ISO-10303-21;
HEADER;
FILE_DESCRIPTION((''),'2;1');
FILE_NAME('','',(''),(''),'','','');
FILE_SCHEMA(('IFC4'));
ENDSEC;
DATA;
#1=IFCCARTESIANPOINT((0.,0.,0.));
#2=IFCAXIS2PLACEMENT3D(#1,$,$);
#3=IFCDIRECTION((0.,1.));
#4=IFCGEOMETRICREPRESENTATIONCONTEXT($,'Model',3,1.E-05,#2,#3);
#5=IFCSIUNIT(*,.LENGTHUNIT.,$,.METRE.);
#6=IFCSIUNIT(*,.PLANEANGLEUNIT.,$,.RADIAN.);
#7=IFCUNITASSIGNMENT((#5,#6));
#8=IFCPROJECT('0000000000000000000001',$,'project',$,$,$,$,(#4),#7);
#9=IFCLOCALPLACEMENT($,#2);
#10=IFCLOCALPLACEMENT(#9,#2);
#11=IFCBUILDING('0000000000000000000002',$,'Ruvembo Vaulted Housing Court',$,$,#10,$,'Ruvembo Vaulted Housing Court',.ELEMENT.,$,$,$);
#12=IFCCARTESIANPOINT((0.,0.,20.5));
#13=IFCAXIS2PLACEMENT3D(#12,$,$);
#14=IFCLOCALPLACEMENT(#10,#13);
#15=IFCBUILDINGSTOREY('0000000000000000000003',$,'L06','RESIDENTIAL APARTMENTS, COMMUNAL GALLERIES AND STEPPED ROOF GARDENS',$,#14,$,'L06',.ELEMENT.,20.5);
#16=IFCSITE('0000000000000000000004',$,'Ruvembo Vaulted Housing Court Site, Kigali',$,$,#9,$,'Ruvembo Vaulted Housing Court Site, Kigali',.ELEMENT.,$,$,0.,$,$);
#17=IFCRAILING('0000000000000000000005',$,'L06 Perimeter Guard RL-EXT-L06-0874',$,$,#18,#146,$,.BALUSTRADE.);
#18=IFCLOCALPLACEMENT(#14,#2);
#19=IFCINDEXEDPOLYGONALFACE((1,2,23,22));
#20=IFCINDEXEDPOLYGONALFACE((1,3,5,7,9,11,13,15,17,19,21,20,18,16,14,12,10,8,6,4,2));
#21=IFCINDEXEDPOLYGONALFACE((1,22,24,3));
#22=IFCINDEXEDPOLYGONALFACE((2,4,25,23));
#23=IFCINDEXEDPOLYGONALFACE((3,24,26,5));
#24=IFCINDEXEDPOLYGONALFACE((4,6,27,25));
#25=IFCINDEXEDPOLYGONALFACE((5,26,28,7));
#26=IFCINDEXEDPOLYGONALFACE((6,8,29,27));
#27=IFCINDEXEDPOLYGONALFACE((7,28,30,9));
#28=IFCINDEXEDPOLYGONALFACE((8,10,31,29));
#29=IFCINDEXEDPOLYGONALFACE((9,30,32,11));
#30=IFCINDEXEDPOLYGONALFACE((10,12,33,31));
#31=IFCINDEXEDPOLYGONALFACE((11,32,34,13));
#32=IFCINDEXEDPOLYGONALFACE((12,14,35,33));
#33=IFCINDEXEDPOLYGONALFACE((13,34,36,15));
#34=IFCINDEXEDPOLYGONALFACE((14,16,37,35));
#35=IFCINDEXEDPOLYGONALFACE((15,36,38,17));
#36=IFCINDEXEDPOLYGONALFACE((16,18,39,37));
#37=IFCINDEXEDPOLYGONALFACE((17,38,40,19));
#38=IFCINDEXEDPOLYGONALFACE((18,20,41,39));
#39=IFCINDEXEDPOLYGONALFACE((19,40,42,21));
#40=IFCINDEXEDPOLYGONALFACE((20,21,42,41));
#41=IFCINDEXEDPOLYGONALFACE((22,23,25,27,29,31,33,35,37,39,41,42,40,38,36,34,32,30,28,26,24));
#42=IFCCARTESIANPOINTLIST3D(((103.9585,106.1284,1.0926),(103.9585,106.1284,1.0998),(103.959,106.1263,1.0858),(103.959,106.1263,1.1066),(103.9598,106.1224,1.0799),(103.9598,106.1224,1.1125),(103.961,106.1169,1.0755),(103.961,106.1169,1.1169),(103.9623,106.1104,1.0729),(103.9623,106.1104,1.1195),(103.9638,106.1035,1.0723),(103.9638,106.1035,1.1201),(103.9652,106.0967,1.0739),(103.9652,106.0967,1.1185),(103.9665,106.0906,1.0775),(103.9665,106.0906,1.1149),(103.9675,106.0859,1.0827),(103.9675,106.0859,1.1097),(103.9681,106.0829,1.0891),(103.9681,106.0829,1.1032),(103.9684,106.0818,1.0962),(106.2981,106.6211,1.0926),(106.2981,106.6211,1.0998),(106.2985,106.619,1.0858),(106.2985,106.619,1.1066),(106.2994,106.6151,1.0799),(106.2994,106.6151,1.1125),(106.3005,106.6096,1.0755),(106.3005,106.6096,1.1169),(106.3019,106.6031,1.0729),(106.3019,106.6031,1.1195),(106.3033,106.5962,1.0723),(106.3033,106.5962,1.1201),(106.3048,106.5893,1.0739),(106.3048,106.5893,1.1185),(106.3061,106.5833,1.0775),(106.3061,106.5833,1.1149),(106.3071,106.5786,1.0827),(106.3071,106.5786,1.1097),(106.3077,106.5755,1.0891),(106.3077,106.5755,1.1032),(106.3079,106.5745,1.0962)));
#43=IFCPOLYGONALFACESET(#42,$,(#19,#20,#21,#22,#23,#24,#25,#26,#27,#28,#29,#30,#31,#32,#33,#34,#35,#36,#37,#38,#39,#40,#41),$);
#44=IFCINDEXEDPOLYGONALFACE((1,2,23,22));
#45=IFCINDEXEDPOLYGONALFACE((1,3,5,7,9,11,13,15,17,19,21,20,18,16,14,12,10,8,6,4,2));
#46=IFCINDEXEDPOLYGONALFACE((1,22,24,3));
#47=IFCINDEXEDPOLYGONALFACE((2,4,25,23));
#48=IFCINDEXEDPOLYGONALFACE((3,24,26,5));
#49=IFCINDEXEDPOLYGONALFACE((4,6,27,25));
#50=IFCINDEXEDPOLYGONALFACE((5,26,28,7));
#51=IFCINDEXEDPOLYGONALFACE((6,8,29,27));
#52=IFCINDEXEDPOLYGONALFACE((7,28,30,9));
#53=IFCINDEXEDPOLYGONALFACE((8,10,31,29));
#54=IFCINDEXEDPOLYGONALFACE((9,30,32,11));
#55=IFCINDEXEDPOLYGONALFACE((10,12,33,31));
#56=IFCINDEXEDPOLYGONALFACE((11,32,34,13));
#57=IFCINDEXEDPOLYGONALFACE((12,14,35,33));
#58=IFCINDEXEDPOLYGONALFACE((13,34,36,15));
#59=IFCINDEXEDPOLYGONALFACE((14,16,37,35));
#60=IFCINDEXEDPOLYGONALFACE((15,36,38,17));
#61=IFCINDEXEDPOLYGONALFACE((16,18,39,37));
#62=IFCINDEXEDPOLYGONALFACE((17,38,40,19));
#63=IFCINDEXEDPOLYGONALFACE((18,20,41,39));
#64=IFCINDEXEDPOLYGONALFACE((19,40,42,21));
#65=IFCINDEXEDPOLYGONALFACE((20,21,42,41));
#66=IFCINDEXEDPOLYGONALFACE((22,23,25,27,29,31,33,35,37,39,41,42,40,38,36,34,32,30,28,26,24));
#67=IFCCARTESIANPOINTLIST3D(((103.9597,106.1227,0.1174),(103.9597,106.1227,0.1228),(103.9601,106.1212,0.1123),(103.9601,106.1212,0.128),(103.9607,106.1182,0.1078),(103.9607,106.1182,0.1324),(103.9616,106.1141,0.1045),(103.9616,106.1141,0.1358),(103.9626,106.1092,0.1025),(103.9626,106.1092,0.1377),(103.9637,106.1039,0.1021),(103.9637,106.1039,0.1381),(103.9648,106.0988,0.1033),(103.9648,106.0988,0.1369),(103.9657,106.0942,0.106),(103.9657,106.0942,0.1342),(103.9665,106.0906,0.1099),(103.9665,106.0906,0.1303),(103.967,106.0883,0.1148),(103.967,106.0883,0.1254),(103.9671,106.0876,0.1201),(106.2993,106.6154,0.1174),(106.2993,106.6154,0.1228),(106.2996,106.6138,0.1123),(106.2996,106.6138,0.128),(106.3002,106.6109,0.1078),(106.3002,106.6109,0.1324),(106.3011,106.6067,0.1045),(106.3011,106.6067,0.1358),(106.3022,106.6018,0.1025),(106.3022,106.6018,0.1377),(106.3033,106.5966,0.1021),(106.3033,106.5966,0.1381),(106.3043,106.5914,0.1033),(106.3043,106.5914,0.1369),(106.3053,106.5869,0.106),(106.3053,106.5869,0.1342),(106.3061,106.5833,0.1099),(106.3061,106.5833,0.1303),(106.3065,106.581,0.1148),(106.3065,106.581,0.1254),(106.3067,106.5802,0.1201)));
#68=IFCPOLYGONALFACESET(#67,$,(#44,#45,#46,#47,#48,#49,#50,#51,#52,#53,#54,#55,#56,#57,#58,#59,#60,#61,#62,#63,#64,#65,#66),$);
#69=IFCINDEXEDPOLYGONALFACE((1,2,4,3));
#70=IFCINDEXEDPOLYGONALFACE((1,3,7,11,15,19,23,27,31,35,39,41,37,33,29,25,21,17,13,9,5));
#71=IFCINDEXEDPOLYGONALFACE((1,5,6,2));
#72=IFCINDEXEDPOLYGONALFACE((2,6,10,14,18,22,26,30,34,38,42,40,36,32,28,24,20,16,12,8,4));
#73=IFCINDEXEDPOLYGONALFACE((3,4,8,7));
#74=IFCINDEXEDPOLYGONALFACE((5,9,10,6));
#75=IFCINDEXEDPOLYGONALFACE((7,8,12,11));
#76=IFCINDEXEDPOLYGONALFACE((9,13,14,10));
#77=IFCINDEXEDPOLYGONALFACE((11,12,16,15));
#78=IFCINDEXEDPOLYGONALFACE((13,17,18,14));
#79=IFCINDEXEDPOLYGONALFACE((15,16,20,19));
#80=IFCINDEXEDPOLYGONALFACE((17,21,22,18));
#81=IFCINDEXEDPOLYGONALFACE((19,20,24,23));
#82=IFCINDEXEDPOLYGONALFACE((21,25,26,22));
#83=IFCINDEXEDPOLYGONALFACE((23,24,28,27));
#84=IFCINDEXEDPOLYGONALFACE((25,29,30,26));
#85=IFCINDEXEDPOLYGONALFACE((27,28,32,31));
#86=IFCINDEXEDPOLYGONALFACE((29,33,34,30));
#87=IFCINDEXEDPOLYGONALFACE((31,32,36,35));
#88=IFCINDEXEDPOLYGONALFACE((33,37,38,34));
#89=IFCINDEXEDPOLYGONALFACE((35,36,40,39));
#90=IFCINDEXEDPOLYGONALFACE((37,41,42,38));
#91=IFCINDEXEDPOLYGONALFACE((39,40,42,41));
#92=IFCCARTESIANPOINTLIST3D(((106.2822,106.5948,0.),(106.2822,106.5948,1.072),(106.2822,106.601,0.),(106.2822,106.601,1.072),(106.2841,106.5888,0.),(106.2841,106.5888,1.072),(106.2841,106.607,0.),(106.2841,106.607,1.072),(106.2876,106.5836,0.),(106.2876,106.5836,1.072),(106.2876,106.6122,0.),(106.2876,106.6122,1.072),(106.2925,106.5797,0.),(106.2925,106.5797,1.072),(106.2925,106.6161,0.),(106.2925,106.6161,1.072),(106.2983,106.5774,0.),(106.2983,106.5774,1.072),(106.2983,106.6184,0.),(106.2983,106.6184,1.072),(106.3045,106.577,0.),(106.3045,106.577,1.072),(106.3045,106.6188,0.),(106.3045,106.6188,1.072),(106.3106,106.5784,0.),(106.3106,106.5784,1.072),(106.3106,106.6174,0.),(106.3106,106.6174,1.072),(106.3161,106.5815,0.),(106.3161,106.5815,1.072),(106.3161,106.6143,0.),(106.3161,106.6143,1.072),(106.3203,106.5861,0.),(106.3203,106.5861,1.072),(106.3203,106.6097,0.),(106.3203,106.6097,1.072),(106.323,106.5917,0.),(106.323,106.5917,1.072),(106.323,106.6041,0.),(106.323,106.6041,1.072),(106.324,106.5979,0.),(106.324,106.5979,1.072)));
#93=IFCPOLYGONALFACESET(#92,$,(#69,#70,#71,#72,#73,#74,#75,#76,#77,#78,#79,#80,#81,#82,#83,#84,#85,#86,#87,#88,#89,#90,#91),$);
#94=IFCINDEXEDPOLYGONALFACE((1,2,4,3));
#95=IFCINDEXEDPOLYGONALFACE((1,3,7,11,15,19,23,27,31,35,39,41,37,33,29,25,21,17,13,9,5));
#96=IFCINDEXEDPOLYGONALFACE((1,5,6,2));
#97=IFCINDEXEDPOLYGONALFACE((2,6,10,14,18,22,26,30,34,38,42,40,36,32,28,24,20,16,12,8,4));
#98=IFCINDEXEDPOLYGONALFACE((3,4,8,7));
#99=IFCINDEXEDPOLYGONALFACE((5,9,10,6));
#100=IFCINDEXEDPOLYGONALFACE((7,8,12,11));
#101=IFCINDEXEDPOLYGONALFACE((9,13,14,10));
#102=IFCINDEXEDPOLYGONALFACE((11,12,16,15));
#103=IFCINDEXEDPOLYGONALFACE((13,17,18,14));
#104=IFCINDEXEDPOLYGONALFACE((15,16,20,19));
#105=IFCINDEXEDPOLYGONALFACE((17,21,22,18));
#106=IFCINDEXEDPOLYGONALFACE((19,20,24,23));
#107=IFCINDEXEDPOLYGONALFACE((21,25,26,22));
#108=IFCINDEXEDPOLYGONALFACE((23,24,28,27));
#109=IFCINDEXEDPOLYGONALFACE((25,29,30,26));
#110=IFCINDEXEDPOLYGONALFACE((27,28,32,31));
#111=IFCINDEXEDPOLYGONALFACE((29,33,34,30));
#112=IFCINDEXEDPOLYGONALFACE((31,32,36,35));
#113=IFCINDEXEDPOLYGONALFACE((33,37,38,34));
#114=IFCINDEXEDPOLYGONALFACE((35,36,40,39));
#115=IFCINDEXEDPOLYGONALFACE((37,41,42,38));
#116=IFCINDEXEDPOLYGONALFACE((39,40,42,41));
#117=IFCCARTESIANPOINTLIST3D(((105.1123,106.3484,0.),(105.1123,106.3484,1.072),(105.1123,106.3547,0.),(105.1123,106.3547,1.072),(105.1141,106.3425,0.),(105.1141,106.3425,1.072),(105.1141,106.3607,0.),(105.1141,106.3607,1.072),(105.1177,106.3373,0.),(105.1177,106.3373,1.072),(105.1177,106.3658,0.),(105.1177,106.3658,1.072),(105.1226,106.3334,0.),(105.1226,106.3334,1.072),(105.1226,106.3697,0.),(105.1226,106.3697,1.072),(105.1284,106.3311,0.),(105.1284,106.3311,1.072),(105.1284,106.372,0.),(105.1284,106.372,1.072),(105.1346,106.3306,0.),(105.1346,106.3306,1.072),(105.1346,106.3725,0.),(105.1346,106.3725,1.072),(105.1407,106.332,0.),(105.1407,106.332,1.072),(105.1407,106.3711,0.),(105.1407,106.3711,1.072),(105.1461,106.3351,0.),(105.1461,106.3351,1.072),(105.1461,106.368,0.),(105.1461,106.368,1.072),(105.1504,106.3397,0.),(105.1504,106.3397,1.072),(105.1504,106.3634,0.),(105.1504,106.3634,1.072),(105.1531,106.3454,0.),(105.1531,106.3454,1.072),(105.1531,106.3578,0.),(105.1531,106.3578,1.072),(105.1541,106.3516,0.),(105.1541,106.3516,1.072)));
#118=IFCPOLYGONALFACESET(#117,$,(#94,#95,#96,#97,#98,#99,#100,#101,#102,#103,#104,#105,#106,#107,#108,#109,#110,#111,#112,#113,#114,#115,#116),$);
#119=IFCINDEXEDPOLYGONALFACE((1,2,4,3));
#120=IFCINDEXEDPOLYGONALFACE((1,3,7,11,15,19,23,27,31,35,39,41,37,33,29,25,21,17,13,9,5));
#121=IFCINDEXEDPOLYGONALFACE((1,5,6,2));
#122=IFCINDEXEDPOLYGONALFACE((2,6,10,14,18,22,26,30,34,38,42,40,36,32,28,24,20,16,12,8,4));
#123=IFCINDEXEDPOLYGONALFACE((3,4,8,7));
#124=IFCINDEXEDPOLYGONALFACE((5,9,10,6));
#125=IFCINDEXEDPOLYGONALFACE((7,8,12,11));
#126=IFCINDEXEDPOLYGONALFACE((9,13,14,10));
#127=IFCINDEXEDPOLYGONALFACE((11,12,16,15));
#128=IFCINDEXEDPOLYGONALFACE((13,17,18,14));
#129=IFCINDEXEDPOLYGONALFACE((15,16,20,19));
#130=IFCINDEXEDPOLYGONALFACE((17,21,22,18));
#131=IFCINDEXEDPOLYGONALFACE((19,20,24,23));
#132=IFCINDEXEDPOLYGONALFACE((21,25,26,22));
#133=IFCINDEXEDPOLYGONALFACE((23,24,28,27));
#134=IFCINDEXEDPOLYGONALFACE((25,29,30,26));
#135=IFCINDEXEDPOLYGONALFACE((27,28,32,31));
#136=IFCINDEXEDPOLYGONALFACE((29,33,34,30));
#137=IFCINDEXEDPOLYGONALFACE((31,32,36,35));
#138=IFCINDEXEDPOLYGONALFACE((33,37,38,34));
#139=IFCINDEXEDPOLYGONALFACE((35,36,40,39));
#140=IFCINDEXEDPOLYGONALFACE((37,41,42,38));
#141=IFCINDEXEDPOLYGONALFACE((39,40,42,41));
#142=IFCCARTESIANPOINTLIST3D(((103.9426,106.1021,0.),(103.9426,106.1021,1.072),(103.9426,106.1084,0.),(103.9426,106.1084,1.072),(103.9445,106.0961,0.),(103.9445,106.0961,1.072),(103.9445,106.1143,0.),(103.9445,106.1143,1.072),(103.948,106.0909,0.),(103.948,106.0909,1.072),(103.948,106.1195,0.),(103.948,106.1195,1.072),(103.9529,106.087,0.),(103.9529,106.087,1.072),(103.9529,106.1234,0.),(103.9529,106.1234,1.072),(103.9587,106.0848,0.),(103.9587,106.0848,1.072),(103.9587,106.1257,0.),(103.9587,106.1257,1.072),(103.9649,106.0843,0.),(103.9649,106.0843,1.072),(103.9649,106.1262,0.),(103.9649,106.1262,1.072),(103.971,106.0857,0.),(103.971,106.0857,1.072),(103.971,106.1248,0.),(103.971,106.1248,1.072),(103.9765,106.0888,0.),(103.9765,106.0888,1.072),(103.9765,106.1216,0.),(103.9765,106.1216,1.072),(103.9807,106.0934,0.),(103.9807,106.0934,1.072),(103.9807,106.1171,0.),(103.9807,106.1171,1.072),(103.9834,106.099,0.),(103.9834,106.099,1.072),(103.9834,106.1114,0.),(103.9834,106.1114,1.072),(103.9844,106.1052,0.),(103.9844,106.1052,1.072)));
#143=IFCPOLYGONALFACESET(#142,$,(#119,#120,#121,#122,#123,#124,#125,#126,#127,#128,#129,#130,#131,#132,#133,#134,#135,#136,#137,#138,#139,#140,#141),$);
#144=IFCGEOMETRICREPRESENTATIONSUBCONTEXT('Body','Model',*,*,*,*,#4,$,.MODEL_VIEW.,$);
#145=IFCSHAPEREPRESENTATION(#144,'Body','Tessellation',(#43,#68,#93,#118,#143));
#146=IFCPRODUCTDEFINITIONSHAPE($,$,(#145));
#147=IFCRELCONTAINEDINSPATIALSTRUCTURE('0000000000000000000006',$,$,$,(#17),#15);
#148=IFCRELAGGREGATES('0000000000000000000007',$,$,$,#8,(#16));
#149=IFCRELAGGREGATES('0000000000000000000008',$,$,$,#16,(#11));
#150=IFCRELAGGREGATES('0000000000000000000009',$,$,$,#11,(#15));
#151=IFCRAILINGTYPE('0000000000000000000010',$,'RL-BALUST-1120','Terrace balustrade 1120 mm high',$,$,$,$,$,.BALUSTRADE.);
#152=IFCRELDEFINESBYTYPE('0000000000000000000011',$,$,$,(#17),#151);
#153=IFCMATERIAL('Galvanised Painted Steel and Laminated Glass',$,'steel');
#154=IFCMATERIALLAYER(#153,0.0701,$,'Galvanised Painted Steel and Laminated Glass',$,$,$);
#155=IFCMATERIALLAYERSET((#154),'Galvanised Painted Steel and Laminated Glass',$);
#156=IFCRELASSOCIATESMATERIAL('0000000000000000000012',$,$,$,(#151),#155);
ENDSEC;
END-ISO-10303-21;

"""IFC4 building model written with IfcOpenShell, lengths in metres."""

from ifc_helpers import new_model, si_unit, direction, frame, origin, origin_2d, place, context, subcontext, project, spatial, circle, extrude, material, layer, layer_set, type_object, element, save


model = new_model("IFC4")

# Units and contexts
model_context = context("Model", 3, precision=1e-05, world=origin(), true_north=direction((0.0, 1.0)))
body_context = subcontext(model_context, "Body", "Model", "MODEL_VIEW")
ifc_project = project(units=[si_unit("LENGTHUNIT", "METRE"), si_unit("PLANEANGLEUNIT", "RADIAN")], contexts=[model_context])

# Site, building, storey
site_placement = place(None, origin())
site = spatial("IfcSite", under=ifc_project, at=site_placement, Name="Ruvembo Vaulted Housing Court Site, Kigali", LongName="Ruvembo Vaulted Housing Court Site, Kigali", CompositionType="ELEMENT", RefElevation=0.0)
building_placement = place(site_placement, origin())
building = spatial("IfcBuilding", under=site, at=building_placement, Name="Ruvembo Vaulted Housing Court", LongName="Ruvembo Vaulted Housing Court", CompositionType="ELEMENT")
storey_placement = place(building_placement, frame((0.0, 0.0, 20.5)))
storey = spatial("IfcBuildingStorey", under=building, at=storey_placement, Name="L06", Description="RESIDENTIAL APARTMENTS, COMMUNAL GALLERIES AND STEPPED ROOF GARDENS", LongName="L06", CompositionType="ELEMENT", Elevation=20.5)

# Railing
ifc_material_1 = material(Name="Galvanised Painted Steel and Laminated Glass", Category="steel")
ifc_layer = layer(ifc_material_1, 0.0701, Name="Galvanised Painted Steel and Laminated Glass")
ifc_layer_set = layer_set([ifc_layer], Name="Galvanised Painted Steel and Laminated Glass")
railing_type = type_object("IfcRailingType", Name="RL-BALUST-1120", Description="Terrace balustrade 1120 mm high", PredefinedType="BALUSTRADE", material=ifc_layer_set)
railing_1_placement = place(storey_placement, frame((106.303, 106.5979, 0.0)))
element("IfcRailing", 1, at=railing_1_placement, inside=storey, type_object=railing_type, Name="L06 Perimeter Guard RL-EXT-L06-0874", PredefinedType="BALUSTRADE", context=body_context, shape_type="SweptSolid", body=[
    extrude(circle(Radius=0.0239, at=origin_2d()), frame((0.0, 0.0, 1.0962), z_axis=(-0.978539, -0.206062, 0.0), x_axis=(0.206062, -0.978539, 0.0)), (0.0, 0.0, 1.0), 2.3909),
    extrude(circle(Radius=0.0181, at=origin_2d()), frame((0.0, 0.0, 0.1201), z_axis=(-0.978539, -0.206062, 0.0), x_axis=(0.206062, -0.978539, 0.0)), (0.0, 0.0, 1.0), 2.3909),
    extrude(circle(Radius=0.021, at=origin_2d()), origin(), (0.0, 0.0, 1.0), 1.072),
    extrude(circle(Radius=0.021, at=origin_2d()), frame((-1.1699, -0.2463, 0.0)), (0.0, 0.0, 1.0), 1.072),
    extrude(circle(Radius=0.021, at=origin_2d()), frame((-2.3396, -0.4927, 0.0)), (0.0, 0.0, 1.0), 1.072),
])

save(model, "model.ifc")
